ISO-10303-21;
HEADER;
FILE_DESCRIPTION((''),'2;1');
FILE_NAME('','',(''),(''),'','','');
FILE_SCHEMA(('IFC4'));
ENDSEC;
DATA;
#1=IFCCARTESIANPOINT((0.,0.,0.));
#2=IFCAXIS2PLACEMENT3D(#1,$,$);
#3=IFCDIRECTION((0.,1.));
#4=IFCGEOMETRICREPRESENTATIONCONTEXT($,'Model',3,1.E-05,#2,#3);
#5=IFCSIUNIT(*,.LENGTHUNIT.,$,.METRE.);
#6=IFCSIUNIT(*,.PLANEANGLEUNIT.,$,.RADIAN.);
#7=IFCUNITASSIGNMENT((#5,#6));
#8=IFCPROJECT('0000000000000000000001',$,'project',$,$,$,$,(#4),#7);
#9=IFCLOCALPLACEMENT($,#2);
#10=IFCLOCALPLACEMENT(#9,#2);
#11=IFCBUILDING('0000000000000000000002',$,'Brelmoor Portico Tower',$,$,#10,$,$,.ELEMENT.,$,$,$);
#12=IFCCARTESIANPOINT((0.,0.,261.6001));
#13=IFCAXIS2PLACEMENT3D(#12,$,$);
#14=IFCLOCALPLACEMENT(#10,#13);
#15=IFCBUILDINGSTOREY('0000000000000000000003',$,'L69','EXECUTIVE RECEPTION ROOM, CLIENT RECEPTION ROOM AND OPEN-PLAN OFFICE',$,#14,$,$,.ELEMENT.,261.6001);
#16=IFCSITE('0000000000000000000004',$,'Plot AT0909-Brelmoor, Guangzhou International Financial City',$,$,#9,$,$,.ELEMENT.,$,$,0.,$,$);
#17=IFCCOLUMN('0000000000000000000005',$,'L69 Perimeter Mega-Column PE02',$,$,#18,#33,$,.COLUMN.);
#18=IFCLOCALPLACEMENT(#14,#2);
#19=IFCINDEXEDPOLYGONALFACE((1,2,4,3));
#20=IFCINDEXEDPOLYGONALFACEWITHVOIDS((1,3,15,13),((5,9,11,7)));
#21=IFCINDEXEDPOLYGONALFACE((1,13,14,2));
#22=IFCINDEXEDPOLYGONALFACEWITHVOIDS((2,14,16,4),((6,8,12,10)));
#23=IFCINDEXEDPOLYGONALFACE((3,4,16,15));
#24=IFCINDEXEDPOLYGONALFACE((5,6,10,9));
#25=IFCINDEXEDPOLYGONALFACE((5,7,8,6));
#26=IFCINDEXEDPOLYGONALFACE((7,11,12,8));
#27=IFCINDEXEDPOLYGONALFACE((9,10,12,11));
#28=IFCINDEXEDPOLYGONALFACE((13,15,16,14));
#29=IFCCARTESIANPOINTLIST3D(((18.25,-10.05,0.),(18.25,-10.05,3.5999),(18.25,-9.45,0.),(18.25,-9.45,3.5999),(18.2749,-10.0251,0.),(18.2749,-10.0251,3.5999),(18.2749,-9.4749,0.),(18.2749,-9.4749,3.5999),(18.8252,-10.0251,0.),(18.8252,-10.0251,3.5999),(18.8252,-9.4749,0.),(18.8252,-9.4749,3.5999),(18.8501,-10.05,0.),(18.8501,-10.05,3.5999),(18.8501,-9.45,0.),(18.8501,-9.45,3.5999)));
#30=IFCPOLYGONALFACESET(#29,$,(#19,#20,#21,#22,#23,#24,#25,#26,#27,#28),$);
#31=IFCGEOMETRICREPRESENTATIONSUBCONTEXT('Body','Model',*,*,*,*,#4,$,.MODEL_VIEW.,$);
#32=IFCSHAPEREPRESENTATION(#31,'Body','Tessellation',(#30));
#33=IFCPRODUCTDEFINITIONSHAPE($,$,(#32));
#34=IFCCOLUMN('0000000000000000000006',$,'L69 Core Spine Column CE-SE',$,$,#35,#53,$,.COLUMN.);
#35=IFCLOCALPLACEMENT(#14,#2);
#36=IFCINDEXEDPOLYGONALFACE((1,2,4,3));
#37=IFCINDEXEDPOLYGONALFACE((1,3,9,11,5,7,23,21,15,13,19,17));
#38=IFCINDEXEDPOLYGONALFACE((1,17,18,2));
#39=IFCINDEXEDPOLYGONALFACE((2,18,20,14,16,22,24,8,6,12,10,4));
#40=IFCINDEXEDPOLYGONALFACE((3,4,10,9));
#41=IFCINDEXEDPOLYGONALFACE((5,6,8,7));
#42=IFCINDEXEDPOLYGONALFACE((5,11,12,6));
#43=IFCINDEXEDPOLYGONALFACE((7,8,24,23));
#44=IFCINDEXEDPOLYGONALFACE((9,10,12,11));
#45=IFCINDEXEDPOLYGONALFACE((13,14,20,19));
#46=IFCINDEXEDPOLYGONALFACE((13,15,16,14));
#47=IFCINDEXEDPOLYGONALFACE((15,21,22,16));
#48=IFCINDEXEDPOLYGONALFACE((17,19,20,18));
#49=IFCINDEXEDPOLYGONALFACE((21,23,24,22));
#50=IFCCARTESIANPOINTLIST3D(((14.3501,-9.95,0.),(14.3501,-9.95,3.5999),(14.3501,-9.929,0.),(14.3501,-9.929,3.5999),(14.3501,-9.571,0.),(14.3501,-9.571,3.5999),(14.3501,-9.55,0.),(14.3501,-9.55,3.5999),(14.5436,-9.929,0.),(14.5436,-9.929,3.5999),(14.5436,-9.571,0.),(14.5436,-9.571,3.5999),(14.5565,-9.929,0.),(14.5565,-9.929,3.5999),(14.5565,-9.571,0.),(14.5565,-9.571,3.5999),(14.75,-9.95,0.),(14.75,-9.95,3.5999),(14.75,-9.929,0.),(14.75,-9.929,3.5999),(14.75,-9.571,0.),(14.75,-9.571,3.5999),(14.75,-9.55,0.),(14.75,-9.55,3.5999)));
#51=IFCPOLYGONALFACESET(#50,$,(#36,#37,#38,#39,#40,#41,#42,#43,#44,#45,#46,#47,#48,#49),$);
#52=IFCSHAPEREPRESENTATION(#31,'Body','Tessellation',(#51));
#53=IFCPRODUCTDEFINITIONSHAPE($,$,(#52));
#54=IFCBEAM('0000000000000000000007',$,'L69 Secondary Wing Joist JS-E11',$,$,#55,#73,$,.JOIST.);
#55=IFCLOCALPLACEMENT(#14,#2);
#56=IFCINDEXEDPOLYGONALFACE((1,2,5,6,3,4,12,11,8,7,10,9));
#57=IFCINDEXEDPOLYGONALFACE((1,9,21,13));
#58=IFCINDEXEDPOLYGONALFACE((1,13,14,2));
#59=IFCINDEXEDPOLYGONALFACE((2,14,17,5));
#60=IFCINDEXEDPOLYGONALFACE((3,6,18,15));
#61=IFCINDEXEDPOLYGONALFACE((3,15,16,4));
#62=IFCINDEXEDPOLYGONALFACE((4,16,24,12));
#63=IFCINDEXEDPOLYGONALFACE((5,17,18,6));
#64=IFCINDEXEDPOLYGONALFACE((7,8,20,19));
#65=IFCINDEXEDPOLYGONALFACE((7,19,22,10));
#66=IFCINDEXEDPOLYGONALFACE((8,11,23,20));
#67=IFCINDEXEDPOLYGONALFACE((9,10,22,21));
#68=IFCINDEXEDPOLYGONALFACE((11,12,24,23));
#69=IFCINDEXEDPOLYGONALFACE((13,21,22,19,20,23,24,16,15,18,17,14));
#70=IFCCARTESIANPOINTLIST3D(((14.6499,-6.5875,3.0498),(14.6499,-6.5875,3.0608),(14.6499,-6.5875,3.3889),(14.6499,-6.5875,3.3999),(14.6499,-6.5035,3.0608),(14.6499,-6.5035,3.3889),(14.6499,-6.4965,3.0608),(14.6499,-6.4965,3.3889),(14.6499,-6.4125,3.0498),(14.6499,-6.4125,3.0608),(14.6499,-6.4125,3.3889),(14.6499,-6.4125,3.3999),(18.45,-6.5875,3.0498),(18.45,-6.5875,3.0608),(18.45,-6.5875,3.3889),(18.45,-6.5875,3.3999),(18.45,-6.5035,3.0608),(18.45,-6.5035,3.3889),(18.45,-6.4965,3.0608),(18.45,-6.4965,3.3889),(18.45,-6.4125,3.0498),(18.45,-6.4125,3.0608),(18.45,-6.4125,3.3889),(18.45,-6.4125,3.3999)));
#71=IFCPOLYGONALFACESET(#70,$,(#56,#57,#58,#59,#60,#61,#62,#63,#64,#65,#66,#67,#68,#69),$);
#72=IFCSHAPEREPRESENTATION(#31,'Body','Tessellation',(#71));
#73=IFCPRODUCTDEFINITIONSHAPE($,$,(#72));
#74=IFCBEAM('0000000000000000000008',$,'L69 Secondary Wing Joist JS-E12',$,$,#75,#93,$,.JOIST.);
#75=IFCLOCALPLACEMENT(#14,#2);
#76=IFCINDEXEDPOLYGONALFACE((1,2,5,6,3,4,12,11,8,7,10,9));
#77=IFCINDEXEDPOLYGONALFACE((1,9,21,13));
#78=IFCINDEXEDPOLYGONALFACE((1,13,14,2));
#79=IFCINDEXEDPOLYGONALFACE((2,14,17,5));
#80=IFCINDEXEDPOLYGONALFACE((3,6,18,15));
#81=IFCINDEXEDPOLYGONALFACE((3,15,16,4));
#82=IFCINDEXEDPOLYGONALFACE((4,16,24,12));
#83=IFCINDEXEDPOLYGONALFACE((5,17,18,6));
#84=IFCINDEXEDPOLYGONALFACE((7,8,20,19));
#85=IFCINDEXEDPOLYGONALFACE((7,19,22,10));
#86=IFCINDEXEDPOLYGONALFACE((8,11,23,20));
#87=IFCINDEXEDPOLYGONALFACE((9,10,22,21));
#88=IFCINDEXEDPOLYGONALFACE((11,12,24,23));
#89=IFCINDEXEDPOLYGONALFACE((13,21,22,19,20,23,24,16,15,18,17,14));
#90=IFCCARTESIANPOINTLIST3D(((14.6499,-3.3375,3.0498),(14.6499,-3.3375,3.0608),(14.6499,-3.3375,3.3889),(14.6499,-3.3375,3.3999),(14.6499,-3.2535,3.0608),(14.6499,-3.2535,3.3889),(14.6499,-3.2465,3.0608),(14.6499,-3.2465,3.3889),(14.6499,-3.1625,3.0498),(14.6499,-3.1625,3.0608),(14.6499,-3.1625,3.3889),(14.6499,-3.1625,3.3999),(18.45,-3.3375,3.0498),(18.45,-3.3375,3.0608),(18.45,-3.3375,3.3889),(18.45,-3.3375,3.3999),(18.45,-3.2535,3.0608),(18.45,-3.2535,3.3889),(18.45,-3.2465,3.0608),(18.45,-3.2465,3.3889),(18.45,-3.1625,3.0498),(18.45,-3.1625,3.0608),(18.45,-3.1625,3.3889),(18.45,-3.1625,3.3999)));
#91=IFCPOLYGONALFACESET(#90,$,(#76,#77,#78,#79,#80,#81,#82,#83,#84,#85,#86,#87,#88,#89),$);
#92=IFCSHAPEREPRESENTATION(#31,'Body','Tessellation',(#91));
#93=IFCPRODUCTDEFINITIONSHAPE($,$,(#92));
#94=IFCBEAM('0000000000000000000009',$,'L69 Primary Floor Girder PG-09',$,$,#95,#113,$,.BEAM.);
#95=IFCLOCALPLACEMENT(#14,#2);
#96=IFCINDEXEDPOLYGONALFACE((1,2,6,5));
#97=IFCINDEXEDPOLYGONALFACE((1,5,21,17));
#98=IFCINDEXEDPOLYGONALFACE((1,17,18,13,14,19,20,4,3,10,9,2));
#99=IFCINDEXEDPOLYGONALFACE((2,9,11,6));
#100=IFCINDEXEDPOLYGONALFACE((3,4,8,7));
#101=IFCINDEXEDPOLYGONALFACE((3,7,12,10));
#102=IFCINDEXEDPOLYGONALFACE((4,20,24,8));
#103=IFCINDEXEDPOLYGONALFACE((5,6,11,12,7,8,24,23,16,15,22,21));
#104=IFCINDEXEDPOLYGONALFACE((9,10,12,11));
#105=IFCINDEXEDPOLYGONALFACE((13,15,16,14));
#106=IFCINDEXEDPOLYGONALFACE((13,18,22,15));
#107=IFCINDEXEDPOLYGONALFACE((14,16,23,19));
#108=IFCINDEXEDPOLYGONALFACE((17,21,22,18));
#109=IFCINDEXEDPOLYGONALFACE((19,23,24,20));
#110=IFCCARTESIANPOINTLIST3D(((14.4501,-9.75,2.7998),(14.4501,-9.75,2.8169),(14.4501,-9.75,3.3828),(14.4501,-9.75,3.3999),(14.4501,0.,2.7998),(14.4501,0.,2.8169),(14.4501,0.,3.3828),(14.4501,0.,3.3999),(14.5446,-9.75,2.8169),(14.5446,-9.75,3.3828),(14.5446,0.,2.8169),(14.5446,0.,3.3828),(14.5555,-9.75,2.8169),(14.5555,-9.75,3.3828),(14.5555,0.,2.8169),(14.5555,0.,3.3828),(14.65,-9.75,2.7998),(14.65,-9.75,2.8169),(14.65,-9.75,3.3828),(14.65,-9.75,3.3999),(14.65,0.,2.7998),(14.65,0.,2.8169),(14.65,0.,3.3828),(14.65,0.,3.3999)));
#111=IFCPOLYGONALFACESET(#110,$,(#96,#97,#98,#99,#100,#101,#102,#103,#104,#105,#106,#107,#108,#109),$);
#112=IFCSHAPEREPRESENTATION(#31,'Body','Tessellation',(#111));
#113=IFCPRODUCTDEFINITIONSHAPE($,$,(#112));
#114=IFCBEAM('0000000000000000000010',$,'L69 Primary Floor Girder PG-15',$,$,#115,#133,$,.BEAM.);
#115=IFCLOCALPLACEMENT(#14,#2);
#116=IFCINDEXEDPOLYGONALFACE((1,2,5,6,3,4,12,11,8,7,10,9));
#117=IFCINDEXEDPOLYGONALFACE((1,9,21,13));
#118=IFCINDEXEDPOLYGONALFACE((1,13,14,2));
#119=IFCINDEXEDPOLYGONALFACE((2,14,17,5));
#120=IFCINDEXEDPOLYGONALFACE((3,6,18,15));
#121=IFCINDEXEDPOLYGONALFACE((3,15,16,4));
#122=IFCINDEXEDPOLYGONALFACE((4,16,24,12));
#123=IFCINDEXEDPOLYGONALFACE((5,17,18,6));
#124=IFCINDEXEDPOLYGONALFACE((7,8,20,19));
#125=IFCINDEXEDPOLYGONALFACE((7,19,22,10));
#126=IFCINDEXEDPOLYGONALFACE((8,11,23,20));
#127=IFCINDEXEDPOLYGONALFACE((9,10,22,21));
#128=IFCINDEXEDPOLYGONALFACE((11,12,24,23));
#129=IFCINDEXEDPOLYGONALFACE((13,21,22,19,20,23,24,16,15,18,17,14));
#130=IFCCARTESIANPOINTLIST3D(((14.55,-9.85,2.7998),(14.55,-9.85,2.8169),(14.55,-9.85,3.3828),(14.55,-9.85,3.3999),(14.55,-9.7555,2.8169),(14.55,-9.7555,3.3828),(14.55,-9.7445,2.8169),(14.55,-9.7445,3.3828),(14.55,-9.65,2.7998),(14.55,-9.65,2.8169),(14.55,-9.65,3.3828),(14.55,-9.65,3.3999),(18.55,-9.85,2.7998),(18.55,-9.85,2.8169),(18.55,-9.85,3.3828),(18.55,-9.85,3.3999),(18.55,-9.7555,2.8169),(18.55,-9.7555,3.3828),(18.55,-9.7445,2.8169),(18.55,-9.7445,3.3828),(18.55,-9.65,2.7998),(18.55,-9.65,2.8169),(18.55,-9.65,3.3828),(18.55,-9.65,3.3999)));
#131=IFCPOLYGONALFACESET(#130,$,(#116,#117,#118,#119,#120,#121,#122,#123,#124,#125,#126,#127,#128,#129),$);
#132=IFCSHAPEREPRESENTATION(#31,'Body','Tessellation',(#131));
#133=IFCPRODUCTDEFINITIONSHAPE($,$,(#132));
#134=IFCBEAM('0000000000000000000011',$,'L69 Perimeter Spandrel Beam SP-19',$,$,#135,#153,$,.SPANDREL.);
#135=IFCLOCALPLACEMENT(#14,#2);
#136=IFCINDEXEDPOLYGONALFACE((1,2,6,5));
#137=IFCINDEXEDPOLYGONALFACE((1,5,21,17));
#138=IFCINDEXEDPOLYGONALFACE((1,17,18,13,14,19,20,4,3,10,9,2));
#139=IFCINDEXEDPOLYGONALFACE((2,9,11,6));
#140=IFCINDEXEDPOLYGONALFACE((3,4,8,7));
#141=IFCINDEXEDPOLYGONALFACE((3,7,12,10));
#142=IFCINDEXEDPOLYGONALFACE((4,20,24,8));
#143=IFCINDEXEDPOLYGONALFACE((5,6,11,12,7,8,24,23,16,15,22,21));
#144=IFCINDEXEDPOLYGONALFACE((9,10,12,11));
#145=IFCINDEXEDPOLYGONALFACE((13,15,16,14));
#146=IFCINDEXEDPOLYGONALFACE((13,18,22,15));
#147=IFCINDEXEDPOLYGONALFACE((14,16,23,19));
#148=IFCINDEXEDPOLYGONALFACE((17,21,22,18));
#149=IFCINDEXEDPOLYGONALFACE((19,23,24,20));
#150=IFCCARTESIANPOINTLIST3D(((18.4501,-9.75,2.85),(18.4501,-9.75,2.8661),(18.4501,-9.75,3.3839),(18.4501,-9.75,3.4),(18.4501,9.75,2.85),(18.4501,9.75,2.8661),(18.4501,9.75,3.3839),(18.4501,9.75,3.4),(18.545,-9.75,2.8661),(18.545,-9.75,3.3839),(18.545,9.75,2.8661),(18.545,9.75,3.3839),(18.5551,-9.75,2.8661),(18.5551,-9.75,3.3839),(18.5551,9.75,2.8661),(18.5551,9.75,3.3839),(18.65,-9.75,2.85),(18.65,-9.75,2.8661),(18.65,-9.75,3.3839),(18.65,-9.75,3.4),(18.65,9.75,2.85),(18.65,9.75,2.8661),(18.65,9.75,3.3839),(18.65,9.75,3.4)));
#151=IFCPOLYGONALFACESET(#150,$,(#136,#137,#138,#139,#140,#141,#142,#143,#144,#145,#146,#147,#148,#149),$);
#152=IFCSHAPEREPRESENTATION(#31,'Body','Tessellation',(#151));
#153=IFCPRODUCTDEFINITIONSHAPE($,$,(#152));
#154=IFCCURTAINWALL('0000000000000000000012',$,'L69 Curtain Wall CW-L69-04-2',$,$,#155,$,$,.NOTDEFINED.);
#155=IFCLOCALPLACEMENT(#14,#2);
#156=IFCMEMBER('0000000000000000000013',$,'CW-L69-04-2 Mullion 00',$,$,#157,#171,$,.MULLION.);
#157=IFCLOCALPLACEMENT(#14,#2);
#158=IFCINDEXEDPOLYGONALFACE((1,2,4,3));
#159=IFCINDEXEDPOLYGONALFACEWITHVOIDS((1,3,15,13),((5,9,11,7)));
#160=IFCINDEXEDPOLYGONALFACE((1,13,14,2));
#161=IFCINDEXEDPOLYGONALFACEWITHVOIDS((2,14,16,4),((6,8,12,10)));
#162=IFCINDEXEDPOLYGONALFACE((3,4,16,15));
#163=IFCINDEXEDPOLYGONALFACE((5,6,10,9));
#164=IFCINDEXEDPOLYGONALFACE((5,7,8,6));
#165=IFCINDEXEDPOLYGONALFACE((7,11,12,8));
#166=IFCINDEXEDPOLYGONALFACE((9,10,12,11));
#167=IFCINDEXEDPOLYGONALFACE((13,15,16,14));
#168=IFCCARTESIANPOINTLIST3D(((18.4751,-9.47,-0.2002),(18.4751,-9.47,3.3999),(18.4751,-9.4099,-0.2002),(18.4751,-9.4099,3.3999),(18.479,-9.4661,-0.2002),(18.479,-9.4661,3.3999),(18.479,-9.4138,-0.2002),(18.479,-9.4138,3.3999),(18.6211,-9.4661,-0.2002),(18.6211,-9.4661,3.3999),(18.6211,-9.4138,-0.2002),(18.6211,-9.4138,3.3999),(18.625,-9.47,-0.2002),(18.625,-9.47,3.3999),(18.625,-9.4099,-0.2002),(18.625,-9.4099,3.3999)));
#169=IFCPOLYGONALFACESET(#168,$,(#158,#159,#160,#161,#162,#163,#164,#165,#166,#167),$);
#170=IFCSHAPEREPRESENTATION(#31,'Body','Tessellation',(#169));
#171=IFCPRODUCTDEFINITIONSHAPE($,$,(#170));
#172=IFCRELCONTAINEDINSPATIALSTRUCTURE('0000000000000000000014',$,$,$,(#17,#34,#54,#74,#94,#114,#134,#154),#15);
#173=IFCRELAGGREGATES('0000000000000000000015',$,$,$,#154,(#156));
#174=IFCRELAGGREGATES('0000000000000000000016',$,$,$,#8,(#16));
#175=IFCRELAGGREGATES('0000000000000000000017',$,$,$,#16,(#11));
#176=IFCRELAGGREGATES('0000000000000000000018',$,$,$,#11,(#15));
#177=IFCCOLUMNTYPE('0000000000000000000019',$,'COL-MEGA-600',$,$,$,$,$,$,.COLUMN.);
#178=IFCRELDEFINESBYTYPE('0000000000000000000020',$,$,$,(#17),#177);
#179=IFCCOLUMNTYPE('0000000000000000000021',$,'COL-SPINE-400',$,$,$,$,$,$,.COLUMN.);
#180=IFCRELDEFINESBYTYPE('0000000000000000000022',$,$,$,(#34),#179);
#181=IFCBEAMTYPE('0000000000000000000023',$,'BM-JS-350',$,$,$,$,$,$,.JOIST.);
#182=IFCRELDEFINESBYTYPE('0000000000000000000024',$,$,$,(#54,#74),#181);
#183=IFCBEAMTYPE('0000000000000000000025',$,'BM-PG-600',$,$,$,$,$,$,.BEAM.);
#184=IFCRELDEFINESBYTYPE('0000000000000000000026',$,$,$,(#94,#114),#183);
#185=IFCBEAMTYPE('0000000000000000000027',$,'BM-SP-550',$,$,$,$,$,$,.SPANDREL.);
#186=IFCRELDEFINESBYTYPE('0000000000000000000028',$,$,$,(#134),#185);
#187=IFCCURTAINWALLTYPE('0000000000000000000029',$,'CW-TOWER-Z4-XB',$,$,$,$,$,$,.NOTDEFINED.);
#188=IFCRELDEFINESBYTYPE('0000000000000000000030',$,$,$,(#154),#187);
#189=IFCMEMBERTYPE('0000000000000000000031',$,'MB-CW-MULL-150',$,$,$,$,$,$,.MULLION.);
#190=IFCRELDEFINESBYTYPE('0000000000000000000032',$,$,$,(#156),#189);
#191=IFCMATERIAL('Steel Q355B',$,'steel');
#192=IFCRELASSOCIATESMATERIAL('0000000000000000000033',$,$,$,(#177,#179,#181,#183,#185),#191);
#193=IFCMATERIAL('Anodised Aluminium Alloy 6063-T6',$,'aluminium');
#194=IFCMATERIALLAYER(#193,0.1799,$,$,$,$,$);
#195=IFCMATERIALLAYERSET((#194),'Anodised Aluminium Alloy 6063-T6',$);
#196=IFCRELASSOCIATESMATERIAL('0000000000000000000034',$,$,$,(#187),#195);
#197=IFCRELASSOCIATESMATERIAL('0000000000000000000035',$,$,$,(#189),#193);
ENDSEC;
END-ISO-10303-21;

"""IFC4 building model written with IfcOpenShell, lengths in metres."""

from ifc_helpers import new_model, si_unit, direction, frame, origin, origin_2d, place, context, subcontext, project, spatial, hollow_rectangle, i_section, extrude, material, layer, layer_set, material_profile, profile_set, type_object, element, aggregate, save


model = new_model("IFC4")

# Units and contexts
model_context = context("Model", 3, precision=1e-05, world=origin(), true_north=direction((0.0, 1.0)))
body_context = subcontext(model_context, "Body", "Model", "MODEL_VIEW")
ifc_project = project(units=[si_unit("LENGTHUNIT", "METRE"), si_unit("PLANEANGLEUNIT", "RADIAN")], contexts=[model_context])

# Site, building, storey
site_placement = place(None, origin())
site = spatial("IfcSite", under=ifc_project, at=site_placement, Name="Plot AT0909-Brelmoor, Guangzhou International Financial City", CompositionType="ELEMENT", RefElevation=0.0)
building_placement = place(site_placement, origin())
building = spatial("IfcBuilding", under=site, at=building_placement, Name="Brelmoor Portico Tower", CompositionType="ELEMENT")
storey_placement = place(building_placement, frame((0.0, 0.0, 261.6001)))
storey = spatial("IfcBuildingStorey", under=building, at=storey_placement, Name="L69", Description="EXECUTIVE RECEPTION ROOM, CLIENT RECEPTION ROOM AND OPEN-PLAN OFFICE", CompositionType="ELEMENT", Elevation=261.6001)

# Columns
ifc_material_1 = material(Name="Steel Q355B", Category="steel")
ifc_material_profile_1 = material_profile(ifc_material_1, hollow_rectangle(XDim=0.6001, YDim=0.6001, WallThickness=0.0249, at=origin_2d()), Name="BOX 600x600x25")
ifc_profile_set_1 = profile_set([ifc_material_profile_1], Name="Steel Q355B")
column_type_1 = type_object("IfcColumnType", Name="COL-MEGA-600", PredefinedType="COLUMN", material=ifc_profile_set_1)
column_1_placement = place(storey_placement, frame((18.55, -9.75, 0.0), z_axis=(0.0, 0.0, 1.0), x_axis=(0.0, 1.0, 0.0)))
element("IfcColumn", 1, at=column_1_placement, inside=storey, type_object=column_type_1, Name="L69 Perimeter Mega-Column PE02", PredefinedType="COLUMN", context=body_context, shape_type="SweptSolid", body=[
    extrude(hollow_rectangle(XDim=0.6001, YDim=0.6001, WallThickness=0.0249, at=origin_2d()), origin(), (0.0, 0.0, 1.0), 3.5999),
])
ifc_material_profile_2 = material_profile(ifc_material_1, i_section(OverallWidth=0.3999, OverallDepth=0.3999, WebThickness=0.0129, FlangeThickness=0.021, at=origin_2d()), Name="HW 400x400x13x21")
ifc_profile_set_2 = profile_set([ifc_material_profile_2], Name="Steel Q355B")
column_type_2 = type_object("IfcColumnType", Name="COL-SPINE-400", PredefinedType="COLUMN", material=ifc_profile_set_2)
column_2_placement = place(storey_placement, frame((14.55, -9.75, 0.0), z_axis=(0.0, 0.0, 1.0), x_axis=(1.0, 0.0, 0.0)))
element("IfcColumn", 2, at=column_2_placement, inside=storey, type_object=column_type_2, Name="L69 Core Spine Column CE-SE", PredefinedType="COLUMN", context=body_context, shape_type="SweptSolid", body=[
    extrude(i_section(OverallWidth=0.3999, OverallDepth=0.3999, WebThickness=0.0129, FlangeThickness=0.021, at=origin_2d()), origin(), (0.0, 0.0, 1.0), 3.5999),
])

# Beams
ifc_material_profile_3 = material_profile(ifc_material_1, i_section(OverallWidth=0.175, OverallDepth=0.3501, WebThickness=0.0071, FlangeThickness=0.011, at=origin_2d()), Name="HN 350x175x7x11")
ifc_profile_set_3 = profile_set([ifc_material_profile_3], Name="Steel Q355B")
beam_type_1 = type_object("IfcBeamType", Name="BM-JS-350", PredefinedType="JOIST", material=ifc_profile_set_3)
for number, where, z_axis, x_axis, name in (
    (3, (14.6499, -6.5, 3.2249), (1.0, 0.0, 0.0), (0.0, 1.0, 0.0), "L69 Secondary Wing Joist JS-E11"),
    (4, (14.6499, -3.25, 3.2249), (1.0, 0.0, 0.0), (0.0, 1.0, 0.0), "L69 Secondary Wing Joist JS-E12"),
):
    element("IfcBeam", number, at=place(storey_placement, frame(where, z_axis=z_axis, x_axis=x_axis)), inside=storey, type_object=beam_type_1, Name=name, PredefinedType="JOIST", context=body_context, shape_type="SweptSolid", body=[
        extrude(i_section(OverallWidth=0.175, OverallDepth=0.3501, WebThickness=0.0071, FlangeThickness=0.011, at=origin_2d()), origin(), (0.0, 0.0, 1.0), 3.8),
    ])
ifc_material_profile_4 = material_profile(ifc_material_1, i_section(OverallWidth=0.2, OverallDepth=0.6001, WebThickness=0.011, FlangeThickness=0.0171, at=origin_2d()), Name="HN 600x200x11x17")
ifc_profile_set_4 = profile_set([ifc_material_profile_4], Name="Steel Q355B")
beam_type_2 = type_object("IfcBeamType", Name="BM-PG-600", PredefinedType="BEAM", material=ifc_profile_set_4)
beam_1_placement = place(storey_placement, frame((14.55, -9.75, 3.0999), z_axis=(0.0, 1.0, 0.0), x_axis=(-1.0, 0.0, 0.0)))
element("IfcBeam", 5, at=beam_1_placement, inside=storey, type_object=beam_type_2, Name="L69 Primary Floor Girder PG-09", PredefinedType="BEAM", context=body_context, shape_type="SweptSolid", body=[
    extrude(i_section(OverallWidth=0.2, OverallDepth=0.6001, WebThickness=0.011, FlangeThickness=0.0171, at=origin_2d()), origin(), (0.0, 0.0, 1.0), 9.75),
])
beam_2_placement = place(storey_placement, frame((14.55, -9.75, 3.0999), z_axis=(1.0, 0.0, 0.0), x_axis=(0.0, 1.0, 0.0)))
element("IfcBeam", 6, at=beam_2_placement, inside=storey, type_object=beam_type_2, Name="L69 Primary Floor Girder PG-15", PredefinedType="BEAM", context=body_context, shape_type="SweptSolid", body=[
    extrude(i_section(OverallWidth=0.2, OverallDepth=0.6001, WebThickness=0.011, FlangeThickness=0.0171, at=origin_2d()), origin(), (0.0, 0.0, 1.0), 4.0),
])
ifc_material_profile_5 = material_profile(ifc_material_1, i_section(OverallWidth=0.2, OverallDepth=0.55, WebThickness=0.01, FlangeThickness=0.0161, at=origin_2d()), Name="HN 550x200x10x16")
ifc_profile_set_5 = profile_set([ifc_material_profile_5], Name="Steel Q355B")
beam_type_3 = type_object("IfcBeamType", Name="BM-SP-550", PredefinedType="SPANDREL", material=ifc_profile_set_5)
beam_3_placement = place(storey_placement, frame((18.55, -9.75, 3.125), z_axis=(0.0, 1.0, 0.0), x_axis=(-1.0, 0.0, 0.0)))
element("IfcBeam", 7, at=beam_3_placement, inside=storey, type_object=beam_type_3, Name="L69 Perimeter Spandrel Beam SP-19", PredefinedType="SPANDREL", context=body_context, shape_type="SweptSolid", body=[
    extrude(i_section(OverallWidth=0.2, OverallDepth=0.55, WebThickness=0.01, FlangeThickness=0.0161, at=origin_2d()), origin(), (0.0, 0.0, 1.0), 19.5),
])

# Curtain wall, member
ifc_material_2 = material(Name="Anodised Aluminium Alloy 6063-T6", Category="aluminium")
ifc_layer_1 = layer(ifc_material_2, 0.1799)
ifc_layer_set_1 = layer_set([ifc_layer_1], Name="Anodised Aluminium Alloy 6063-T6")
curtain_wall_type = type_object("IfcCurtainWallType", Name="CW-TOWER-Z4-XB", PredefinedType="NOTDEFINED", material=ifc_layer_set_1)
curtain_wall_placement = place(storey_placement, origin())
curtain_wall = element("IfcCurtainWall", 8, at=curtain_wall_placement, inside=storey, type_object=curtain_wall_type, Name="L69 Curtain Wall CW-L69-04-2", PredefinedType="NOTDEFINED")
ifc_material_profile_6 = material_profile(ifc_material_2, hollow_rectangle(XDim=0.0601, YDim=0.1499, WallThickness=0.0039, at=origin_2d()), Name="ALU MULLION 60x150")
ifc_profile_set_6 = profile_set([ifc_material_profile_6], Name="Anodised Aluminium Alloy 6063-T6")
member_type_1 = type_object("IfcMemberType", Name="MB-CW-MULL-150", PredefinedType="MULLION", material=ifc_profile_set_6)
member_1_placement = place(storey_placement, frame((18.55, -9.4399, -0.2002), z_axis=(0.0, 0.0, 1.0), x_axis=(0.0, 1.0, 0.0)))
member_1 = element("IfcMember", 9, at=member_1_placement, type_object=member_type_1, Name="CW-L69-04-2 Mullion 00", PredefinedType="MULLION", context=body_context, shape_type="SweptSolid", body=[
    extrude(hollow_rectangle(XDim=0.0601, YDim=0.1499, WallThickness=0.0039, at=origin_2d()), origin(), (0.0, 0.0, 1.0), 3.6001),
])
aggregate(curtain_wall, [member_1])

save(model, "model.ifc")
